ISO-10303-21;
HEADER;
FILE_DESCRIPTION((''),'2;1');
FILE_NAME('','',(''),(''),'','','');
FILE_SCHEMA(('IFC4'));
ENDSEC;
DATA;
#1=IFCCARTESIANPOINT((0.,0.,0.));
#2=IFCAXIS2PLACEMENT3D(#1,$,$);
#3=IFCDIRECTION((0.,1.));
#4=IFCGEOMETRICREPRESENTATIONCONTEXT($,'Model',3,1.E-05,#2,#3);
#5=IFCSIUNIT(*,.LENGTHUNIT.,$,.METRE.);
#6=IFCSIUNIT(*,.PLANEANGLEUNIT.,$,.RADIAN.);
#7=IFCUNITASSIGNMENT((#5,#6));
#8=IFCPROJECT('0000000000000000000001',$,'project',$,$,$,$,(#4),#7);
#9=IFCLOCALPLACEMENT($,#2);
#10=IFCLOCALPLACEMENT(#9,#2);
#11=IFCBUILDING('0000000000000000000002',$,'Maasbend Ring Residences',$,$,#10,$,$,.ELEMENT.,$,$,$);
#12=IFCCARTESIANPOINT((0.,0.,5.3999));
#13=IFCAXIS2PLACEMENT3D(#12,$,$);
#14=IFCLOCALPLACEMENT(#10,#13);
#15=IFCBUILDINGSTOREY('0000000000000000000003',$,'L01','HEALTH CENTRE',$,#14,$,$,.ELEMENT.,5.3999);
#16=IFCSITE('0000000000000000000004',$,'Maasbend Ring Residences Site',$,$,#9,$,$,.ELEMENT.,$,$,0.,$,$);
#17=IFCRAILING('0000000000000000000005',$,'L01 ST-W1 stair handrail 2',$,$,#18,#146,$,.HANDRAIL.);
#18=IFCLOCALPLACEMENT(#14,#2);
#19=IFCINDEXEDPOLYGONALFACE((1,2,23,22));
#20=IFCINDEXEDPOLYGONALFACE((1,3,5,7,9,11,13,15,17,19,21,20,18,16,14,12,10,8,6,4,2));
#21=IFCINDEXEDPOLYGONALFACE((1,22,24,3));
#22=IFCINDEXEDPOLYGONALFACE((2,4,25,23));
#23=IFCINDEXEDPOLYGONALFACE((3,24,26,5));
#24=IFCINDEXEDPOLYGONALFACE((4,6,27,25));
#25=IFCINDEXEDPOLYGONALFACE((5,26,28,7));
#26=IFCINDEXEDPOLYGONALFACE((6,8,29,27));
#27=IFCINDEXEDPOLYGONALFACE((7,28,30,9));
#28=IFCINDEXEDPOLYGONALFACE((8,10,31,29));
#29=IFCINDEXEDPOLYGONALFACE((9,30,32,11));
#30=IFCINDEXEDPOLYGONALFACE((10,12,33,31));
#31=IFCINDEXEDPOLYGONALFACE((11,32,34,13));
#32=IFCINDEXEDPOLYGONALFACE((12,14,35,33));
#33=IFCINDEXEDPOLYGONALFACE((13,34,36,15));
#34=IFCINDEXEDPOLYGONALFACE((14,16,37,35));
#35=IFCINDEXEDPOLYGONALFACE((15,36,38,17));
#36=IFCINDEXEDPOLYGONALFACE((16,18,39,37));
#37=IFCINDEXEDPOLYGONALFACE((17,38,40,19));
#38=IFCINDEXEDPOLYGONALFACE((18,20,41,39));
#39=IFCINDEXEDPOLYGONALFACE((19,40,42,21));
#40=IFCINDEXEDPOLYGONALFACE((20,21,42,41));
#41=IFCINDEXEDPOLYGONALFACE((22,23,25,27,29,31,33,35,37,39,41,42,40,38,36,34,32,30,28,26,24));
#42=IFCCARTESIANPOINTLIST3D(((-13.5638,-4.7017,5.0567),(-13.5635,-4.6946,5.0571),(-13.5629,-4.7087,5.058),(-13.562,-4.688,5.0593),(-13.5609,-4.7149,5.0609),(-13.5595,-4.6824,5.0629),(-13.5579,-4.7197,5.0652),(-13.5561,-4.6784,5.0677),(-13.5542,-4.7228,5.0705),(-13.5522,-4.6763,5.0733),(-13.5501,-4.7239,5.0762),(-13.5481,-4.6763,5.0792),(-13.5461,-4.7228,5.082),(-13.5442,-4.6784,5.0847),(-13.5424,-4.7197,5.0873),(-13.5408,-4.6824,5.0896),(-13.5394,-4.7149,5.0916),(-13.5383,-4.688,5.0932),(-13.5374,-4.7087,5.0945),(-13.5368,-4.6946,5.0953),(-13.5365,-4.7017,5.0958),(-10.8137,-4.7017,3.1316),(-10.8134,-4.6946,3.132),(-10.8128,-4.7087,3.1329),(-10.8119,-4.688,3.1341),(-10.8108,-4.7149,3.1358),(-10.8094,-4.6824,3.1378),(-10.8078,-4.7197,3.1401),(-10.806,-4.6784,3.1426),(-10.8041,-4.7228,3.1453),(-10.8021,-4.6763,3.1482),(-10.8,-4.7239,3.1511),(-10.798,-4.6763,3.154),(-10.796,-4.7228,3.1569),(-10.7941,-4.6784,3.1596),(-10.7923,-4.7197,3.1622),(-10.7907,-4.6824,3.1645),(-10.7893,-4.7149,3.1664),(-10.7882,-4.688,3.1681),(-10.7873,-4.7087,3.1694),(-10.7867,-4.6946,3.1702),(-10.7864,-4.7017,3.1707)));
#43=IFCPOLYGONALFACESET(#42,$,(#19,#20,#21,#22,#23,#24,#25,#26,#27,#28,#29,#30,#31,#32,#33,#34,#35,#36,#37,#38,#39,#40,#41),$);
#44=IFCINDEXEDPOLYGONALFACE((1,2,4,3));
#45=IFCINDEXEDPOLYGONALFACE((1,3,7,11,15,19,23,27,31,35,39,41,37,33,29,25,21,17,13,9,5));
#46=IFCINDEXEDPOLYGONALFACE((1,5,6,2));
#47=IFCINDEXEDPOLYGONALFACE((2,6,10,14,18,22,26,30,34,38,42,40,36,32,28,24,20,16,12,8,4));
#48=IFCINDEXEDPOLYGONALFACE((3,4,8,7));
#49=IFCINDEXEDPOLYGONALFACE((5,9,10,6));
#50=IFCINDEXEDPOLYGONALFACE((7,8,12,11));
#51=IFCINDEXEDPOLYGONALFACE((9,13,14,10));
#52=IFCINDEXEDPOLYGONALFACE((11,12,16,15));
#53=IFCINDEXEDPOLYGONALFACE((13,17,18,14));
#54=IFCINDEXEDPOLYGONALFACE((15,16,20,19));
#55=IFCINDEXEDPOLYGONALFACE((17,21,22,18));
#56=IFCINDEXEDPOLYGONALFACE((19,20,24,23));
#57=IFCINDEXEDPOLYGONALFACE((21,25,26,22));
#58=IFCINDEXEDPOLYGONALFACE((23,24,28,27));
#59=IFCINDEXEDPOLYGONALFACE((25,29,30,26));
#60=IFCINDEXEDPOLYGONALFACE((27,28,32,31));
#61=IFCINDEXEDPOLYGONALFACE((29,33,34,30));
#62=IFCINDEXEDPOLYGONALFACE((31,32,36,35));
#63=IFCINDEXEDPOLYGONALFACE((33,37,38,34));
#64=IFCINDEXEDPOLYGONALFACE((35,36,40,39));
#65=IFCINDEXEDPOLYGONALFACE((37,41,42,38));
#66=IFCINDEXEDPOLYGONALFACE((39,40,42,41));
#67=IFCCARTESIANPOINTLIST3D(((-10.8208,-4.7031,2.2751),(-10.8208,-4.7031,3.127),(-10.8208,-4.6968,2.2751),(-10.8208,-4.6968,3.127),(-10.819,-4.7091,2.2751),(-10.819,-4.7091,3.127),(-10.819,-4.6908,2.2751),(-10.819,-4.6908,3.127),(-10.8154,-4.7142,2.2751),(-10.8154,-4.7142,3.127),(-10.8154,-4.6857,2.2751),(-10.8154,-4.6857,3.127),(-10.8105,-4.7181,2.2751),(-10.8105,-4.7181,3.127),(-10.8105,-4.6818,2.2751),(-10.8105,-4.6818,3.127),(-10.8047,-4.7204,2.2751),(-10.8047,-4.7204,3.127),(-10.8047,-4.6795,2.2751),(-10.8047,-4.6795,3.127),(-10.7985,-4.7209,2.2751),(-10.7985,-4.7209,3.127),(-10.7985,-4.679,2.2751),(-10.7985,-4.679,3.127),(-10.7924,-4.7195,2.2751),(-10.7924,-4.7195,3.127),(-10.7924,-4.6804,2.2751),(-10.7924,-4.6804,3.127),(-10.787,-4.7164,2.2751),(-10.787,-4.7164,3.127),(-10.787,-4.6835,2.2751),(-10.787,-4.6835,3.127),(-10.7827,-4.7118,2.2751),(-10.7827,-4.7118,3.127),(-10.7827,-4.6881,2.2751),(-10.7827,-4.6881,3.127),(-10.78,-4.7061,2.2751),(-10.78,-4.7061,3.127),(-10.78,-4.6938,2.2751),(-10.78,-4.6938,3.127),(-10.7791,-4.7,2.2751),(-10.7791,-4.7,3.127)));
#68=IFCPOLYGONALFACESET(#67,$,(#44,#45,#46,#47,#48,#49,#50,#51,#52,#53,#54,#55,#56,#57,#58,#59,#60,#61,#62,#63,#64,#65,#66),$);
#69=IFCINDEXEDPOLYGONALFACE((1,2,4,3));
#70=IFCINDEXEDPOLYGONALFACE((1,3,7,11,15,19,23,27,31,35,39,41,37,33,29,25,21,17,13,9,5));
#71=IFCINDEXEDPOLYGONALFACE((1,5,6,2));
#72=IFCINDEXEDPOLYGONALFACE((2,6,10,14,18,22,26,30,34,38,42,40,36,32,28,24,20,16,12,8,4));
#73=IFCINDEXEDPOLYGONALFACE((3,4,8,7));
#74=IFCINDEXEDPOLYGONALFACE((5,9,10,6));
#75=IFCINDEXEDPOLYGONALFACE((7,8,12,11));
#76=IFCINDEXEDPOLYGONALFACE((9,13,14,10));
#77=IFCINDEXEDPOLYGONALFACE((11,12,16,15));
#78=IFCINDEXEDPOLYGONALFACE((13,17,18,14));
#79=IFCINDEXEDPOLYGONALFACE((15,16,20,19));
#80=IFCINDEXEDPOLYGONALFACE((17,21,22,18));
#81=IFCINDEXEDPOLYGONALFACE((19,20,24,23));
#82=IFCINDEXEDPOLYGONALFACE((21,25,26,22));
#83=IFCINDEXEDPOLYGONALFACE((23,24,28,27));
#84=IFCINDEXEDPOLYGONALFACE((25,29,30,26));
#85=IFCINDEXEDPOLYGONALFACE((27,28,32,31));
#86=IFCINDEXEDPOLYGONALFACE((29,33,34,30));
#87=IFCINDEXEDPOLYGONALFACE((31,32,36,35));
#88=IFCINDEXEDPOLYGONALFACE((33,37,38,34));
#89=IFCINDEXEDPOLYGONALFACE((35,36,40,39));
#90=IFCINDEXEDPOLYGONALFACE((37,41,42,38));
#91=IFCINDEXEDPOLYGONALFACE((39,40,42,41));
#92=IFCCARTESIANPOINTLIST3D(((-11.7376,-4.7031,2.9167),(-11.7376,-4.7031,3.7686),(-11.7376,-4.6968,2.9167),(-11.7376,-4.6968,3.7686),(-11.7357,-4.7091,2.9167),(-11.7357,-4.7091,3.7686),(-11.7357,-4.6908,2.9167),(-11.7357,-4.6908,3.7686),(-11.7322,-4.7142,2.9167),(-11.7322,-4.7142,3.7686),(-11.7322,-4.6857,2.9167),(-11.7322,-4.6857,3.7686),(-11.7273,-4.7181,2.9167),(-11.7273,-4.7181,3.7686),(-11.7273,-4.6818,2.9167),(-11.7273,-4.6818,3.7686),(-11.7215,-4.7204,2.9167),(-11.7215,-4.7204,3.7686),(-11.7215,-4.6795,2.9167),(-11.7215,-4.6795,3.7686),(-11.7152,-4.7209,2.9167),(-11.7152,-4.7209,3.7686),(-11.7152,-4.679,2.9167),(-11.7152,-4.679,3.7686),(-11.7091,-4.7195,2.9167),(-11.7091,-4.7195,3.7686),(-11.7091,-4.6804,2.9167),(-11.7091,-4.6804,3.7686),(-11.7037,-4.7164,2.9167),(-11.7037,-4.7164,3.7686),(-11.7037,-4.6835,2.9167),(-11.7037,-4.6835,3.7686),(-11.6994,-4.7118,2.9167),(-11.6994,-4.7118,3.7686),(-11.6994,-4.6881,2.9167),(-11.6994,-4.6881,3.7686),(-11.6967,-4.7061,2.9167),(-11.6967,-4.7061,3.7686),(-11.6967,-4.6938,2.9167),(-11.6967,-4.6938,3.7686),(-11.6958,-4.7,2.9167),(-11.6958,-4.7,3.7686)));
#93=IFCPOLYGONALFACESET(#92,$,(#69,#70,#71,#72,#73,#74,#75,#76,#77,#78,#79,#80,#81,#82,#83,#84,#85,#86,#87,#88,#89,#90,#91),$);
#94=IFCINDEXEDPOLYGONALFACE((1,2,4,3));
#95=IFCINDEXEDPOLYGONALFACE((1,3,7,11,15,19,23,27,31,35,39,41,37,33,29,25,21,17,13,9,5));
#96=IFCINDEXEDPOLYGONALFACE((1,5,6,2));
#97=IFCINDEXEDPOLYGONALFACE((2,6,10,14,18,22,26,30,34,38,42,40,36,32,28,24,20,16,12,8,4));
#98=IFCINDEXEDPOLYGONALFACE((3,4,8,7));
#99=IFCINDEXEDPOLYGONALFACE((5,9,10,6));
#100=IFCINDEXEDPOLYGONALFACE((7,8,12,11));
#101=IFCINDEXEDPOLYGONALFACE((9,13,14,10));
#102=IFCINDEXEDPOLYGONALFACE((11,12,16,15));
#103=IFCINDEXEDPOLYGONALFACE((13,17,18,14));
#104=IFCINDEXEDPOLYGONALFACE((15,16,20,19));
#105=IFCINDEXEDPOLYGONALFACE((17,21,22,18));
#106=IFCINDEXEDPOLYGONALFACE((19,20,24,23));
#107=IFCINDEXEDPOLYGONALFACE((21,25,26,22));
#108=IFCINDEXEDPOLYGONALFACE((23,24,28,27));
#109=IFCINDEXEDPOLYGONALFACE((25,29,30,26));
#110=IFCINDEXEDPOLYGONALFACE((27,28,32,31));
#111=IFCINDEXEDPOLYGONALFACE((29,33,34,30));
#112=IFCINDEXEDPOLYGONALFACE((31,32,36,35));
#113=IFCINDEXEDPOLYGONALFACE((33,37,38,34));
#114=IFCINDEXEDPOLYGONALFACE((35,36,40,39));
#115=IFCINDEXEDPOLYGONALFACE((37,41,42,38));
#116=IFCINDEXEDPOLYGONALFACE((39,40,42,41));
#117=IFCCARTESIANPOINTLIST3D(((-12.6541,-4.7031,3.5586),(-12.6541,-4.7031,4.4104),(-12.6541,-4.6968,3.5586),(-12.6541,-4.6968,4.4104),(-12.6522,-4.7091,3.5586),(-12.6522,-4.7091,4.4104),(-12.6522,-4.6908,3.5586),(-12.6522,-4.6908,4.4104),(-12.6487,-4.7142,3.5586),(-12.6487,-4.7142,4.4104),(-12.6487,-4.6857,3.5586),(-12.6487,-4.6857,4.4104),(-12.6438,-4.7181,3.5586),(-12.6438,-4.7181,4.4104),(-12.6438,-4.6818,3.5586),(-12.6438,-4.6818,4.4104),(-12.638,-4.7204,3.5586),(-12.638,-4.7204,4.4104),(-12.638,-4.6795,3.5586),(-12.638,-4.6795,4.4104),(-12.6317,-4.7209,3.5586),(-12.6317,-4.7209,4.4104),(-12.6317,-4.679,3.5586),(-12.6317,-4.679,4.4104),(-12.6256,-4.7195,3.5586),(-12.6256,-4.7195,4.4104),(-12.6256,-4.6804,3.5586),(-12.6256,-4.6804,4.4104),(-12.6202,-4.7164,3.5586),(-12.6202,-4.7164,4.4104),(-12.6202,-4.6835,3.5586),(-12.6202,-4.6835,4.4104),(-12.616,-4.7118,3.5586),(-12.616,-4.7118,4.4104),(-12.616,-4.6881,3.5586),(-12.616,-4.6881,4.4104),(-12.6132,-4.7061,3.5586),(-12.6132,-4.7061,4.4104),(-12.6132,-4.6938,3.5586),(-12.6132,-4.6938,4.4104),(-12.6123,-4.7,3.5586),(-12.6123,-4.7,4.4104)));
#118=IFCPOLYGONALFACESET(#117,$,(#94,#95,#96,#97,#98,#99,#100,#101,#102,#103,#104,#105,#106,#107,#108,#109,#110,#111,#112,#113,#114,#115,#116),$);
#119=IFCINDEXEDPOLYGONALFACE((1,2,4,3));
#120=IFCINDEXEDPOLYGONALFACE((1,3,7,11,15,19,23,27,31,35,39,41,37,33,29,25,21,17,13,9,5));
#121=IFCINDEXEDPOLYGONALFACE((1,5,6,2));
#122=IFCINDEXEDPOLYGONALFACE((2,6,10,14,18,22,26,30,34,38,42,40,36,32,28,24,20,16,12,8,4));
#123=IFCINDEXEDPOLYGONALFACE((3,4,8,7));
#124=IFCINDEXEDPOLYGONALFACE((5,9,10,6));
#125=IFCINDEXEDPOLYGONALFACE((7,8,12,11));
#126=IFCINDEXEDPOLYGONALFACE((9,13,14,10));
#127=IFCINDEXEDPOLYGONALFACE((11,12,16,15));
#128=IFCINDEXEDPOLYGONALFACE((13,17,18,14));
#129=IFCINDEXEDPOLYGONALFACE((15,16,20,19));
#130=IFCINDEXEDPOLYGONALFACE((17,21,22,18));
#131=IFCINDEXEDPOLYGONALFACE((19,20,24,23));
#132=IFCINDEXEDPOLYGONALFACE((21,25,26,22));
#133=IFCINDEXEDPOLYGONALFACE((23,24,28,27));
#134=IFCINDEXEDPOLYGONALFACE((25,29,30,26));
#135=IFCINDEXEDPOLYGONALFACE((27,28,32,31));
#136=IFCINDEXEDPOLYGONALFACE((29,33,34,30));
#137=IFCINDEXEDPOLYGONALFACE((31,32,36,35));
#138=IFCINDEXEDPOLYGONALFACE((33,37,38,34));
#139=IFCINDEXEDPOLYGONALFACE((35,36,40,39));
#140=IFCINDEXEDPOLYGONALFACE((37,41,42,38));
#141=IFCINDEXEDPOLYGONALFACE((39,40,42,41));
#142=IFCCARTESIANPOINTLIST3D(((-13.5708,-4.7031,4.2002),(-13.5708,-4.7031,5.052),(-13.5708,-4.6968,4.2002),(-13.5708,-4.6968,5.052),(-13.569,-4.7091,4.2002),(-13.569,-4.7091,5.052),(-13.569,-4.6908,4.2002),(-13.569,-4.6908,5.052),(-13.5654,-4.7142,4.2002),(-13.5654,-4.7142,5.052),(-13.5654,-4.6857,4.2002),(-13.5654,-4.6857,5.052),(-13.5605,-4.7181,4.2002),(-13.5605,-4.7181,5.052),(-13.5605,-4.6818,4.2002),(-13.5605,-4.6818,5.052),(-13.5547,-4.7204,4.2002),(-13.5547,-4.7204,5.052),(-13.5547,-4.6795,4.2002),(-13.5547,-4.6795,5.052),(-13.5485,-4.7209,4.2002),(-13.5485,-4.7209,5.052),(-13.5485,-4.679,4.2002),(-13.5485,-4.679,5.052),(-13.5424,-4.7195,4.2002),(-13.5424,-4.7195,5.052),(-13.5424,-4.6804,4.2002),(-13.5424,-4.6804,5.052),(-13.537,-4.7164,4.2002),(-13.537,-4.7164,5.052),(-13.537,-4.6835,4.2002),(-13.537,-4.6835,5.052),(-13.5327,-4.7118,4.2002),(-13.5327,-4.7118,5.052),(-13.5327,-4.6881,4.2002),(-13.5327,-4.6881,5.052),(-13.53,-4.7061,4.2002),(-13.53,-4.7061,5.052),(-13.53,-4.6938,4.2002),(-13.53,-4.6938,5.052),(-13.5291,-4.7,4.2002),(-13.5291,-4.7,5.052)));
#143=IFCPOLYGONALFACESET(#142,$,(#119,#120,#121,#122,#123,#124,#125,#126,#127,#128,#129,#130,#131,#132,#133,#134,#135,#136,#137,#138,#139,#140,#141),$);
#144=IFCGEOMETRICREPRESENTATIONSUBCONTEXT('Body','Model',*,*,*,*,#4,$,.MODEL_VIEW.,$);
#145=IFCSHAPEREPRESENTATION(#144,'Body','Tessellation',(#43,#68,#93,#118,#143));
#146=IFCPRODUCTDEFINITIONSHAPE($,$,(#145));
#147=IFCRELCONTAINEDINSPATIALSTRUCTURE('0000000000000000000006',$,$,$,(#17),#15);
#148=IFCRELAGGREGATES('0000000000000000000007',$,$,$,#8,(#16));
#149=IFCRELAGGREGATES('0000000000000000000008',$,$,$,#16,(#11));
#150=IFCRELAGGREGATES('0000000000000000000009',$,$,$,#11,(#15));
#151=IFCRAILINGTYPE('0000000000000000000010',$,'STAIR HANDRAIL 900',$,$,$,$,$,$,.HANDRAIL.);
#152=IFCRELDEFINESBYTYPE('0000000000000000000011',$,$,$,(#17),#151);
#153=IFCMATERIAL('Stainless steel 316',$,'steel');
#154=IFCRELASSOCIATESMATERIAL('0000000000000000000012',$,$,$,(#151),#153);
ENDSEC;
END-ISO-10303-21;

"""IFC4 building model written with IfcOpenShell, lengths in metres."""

from ifc_helpers import new_model, si_unit, direction, frame, origin, origin_2d, place, context, subcontext, project, spatial, circle, extrude, material, type_object, element, save


model = new_model("IFC4")

# Units and contexts
model_context = context("Model", 3, precision=1e-05, world=origin(), true_north=direction((0.0, 1.0)))
body_context = subcontext(model_context, "Body", "Model", "MODEL_VIEW")
ifc_project = project(units=[si_unit("LENGTHUNIT", "METRE"), si_unit("PLANEANGLEUNIT", "RADIAN")], contexts=[model_context])

# Site, building, storey
site_placement = place(None, origin())
site = spatial("IfcSite", under=ifc_project, at=site_placement, Name="Maasbend Ring Residences Site", CompositionType="ELEMENT", RefElevation=0.0)
building_placement = place(site_placement, origin())
building = spatial("IfcBuilding", under=site, at=building_placement, Name="Maasbend Ring Residences", CompositionType="ELEMENT")
storey_placement = place(building_placement, frame((0.0, 0.0, 5.3999)))
storey = spatial("IfcBuildingStorey", under=building, at=storey_placement, Name="L01", Description="HEALTH CENTRE", CompositionType="ELEMENT", Elevation=5.3999)

# Railing
ifc_material_1 = material(Name="Stainless steel 316", Category="steel")
railing_type = type_object("IfcRailingType", Name="STAIR HANDRAIL 900", PredefinedType="HANDRAIL", material=ifc_material_1)
railing_placement = place(storey_placement, frame((-10.8, -4.7, 2.2751)))
element("IfcRailing", 1, at=railing_placement, inside=storey, type_object=railing_type, Name="L01 ST-W1 stair handrail 2", PredefinedType="HANDRAIL", context=body_context, shape_type="SweptSolid", body=[
    extrude(circle(Radius=0.0239, at=origin_2d()), frame((0.0, 0.0, 0.876), z_axis=(-0.819225, 0.0, 0.573472), x_axis=(0.0, -1.0, 0.0)), (0.0, 0.0, 1.0), 3.3569),
    extrude(circle(Radius=0.021, at=origin_2d()), origin(), (0.0, 0.0, 1.0), 0.8518),
    extrude(circle(Radius=0.021, at=origin_2d()), frame((-0.9167, 0.0, 0.6416)), (0.0, 0.0, 1.0), 0.8518),
    extrude(circle(Radius=0.021, at=origin_2d()), frame((-1.8333, 0.0, 1.2834)), (0.0, 0.0, 1.0), 0.8518),
    extrude(circle(Radius=0.021, at=origin_2d()), frame((-2.75, 0.0, 1.925)), (0.0, 0.0, 1.0), 0.8518),
])

save(model, "model.ifc")
